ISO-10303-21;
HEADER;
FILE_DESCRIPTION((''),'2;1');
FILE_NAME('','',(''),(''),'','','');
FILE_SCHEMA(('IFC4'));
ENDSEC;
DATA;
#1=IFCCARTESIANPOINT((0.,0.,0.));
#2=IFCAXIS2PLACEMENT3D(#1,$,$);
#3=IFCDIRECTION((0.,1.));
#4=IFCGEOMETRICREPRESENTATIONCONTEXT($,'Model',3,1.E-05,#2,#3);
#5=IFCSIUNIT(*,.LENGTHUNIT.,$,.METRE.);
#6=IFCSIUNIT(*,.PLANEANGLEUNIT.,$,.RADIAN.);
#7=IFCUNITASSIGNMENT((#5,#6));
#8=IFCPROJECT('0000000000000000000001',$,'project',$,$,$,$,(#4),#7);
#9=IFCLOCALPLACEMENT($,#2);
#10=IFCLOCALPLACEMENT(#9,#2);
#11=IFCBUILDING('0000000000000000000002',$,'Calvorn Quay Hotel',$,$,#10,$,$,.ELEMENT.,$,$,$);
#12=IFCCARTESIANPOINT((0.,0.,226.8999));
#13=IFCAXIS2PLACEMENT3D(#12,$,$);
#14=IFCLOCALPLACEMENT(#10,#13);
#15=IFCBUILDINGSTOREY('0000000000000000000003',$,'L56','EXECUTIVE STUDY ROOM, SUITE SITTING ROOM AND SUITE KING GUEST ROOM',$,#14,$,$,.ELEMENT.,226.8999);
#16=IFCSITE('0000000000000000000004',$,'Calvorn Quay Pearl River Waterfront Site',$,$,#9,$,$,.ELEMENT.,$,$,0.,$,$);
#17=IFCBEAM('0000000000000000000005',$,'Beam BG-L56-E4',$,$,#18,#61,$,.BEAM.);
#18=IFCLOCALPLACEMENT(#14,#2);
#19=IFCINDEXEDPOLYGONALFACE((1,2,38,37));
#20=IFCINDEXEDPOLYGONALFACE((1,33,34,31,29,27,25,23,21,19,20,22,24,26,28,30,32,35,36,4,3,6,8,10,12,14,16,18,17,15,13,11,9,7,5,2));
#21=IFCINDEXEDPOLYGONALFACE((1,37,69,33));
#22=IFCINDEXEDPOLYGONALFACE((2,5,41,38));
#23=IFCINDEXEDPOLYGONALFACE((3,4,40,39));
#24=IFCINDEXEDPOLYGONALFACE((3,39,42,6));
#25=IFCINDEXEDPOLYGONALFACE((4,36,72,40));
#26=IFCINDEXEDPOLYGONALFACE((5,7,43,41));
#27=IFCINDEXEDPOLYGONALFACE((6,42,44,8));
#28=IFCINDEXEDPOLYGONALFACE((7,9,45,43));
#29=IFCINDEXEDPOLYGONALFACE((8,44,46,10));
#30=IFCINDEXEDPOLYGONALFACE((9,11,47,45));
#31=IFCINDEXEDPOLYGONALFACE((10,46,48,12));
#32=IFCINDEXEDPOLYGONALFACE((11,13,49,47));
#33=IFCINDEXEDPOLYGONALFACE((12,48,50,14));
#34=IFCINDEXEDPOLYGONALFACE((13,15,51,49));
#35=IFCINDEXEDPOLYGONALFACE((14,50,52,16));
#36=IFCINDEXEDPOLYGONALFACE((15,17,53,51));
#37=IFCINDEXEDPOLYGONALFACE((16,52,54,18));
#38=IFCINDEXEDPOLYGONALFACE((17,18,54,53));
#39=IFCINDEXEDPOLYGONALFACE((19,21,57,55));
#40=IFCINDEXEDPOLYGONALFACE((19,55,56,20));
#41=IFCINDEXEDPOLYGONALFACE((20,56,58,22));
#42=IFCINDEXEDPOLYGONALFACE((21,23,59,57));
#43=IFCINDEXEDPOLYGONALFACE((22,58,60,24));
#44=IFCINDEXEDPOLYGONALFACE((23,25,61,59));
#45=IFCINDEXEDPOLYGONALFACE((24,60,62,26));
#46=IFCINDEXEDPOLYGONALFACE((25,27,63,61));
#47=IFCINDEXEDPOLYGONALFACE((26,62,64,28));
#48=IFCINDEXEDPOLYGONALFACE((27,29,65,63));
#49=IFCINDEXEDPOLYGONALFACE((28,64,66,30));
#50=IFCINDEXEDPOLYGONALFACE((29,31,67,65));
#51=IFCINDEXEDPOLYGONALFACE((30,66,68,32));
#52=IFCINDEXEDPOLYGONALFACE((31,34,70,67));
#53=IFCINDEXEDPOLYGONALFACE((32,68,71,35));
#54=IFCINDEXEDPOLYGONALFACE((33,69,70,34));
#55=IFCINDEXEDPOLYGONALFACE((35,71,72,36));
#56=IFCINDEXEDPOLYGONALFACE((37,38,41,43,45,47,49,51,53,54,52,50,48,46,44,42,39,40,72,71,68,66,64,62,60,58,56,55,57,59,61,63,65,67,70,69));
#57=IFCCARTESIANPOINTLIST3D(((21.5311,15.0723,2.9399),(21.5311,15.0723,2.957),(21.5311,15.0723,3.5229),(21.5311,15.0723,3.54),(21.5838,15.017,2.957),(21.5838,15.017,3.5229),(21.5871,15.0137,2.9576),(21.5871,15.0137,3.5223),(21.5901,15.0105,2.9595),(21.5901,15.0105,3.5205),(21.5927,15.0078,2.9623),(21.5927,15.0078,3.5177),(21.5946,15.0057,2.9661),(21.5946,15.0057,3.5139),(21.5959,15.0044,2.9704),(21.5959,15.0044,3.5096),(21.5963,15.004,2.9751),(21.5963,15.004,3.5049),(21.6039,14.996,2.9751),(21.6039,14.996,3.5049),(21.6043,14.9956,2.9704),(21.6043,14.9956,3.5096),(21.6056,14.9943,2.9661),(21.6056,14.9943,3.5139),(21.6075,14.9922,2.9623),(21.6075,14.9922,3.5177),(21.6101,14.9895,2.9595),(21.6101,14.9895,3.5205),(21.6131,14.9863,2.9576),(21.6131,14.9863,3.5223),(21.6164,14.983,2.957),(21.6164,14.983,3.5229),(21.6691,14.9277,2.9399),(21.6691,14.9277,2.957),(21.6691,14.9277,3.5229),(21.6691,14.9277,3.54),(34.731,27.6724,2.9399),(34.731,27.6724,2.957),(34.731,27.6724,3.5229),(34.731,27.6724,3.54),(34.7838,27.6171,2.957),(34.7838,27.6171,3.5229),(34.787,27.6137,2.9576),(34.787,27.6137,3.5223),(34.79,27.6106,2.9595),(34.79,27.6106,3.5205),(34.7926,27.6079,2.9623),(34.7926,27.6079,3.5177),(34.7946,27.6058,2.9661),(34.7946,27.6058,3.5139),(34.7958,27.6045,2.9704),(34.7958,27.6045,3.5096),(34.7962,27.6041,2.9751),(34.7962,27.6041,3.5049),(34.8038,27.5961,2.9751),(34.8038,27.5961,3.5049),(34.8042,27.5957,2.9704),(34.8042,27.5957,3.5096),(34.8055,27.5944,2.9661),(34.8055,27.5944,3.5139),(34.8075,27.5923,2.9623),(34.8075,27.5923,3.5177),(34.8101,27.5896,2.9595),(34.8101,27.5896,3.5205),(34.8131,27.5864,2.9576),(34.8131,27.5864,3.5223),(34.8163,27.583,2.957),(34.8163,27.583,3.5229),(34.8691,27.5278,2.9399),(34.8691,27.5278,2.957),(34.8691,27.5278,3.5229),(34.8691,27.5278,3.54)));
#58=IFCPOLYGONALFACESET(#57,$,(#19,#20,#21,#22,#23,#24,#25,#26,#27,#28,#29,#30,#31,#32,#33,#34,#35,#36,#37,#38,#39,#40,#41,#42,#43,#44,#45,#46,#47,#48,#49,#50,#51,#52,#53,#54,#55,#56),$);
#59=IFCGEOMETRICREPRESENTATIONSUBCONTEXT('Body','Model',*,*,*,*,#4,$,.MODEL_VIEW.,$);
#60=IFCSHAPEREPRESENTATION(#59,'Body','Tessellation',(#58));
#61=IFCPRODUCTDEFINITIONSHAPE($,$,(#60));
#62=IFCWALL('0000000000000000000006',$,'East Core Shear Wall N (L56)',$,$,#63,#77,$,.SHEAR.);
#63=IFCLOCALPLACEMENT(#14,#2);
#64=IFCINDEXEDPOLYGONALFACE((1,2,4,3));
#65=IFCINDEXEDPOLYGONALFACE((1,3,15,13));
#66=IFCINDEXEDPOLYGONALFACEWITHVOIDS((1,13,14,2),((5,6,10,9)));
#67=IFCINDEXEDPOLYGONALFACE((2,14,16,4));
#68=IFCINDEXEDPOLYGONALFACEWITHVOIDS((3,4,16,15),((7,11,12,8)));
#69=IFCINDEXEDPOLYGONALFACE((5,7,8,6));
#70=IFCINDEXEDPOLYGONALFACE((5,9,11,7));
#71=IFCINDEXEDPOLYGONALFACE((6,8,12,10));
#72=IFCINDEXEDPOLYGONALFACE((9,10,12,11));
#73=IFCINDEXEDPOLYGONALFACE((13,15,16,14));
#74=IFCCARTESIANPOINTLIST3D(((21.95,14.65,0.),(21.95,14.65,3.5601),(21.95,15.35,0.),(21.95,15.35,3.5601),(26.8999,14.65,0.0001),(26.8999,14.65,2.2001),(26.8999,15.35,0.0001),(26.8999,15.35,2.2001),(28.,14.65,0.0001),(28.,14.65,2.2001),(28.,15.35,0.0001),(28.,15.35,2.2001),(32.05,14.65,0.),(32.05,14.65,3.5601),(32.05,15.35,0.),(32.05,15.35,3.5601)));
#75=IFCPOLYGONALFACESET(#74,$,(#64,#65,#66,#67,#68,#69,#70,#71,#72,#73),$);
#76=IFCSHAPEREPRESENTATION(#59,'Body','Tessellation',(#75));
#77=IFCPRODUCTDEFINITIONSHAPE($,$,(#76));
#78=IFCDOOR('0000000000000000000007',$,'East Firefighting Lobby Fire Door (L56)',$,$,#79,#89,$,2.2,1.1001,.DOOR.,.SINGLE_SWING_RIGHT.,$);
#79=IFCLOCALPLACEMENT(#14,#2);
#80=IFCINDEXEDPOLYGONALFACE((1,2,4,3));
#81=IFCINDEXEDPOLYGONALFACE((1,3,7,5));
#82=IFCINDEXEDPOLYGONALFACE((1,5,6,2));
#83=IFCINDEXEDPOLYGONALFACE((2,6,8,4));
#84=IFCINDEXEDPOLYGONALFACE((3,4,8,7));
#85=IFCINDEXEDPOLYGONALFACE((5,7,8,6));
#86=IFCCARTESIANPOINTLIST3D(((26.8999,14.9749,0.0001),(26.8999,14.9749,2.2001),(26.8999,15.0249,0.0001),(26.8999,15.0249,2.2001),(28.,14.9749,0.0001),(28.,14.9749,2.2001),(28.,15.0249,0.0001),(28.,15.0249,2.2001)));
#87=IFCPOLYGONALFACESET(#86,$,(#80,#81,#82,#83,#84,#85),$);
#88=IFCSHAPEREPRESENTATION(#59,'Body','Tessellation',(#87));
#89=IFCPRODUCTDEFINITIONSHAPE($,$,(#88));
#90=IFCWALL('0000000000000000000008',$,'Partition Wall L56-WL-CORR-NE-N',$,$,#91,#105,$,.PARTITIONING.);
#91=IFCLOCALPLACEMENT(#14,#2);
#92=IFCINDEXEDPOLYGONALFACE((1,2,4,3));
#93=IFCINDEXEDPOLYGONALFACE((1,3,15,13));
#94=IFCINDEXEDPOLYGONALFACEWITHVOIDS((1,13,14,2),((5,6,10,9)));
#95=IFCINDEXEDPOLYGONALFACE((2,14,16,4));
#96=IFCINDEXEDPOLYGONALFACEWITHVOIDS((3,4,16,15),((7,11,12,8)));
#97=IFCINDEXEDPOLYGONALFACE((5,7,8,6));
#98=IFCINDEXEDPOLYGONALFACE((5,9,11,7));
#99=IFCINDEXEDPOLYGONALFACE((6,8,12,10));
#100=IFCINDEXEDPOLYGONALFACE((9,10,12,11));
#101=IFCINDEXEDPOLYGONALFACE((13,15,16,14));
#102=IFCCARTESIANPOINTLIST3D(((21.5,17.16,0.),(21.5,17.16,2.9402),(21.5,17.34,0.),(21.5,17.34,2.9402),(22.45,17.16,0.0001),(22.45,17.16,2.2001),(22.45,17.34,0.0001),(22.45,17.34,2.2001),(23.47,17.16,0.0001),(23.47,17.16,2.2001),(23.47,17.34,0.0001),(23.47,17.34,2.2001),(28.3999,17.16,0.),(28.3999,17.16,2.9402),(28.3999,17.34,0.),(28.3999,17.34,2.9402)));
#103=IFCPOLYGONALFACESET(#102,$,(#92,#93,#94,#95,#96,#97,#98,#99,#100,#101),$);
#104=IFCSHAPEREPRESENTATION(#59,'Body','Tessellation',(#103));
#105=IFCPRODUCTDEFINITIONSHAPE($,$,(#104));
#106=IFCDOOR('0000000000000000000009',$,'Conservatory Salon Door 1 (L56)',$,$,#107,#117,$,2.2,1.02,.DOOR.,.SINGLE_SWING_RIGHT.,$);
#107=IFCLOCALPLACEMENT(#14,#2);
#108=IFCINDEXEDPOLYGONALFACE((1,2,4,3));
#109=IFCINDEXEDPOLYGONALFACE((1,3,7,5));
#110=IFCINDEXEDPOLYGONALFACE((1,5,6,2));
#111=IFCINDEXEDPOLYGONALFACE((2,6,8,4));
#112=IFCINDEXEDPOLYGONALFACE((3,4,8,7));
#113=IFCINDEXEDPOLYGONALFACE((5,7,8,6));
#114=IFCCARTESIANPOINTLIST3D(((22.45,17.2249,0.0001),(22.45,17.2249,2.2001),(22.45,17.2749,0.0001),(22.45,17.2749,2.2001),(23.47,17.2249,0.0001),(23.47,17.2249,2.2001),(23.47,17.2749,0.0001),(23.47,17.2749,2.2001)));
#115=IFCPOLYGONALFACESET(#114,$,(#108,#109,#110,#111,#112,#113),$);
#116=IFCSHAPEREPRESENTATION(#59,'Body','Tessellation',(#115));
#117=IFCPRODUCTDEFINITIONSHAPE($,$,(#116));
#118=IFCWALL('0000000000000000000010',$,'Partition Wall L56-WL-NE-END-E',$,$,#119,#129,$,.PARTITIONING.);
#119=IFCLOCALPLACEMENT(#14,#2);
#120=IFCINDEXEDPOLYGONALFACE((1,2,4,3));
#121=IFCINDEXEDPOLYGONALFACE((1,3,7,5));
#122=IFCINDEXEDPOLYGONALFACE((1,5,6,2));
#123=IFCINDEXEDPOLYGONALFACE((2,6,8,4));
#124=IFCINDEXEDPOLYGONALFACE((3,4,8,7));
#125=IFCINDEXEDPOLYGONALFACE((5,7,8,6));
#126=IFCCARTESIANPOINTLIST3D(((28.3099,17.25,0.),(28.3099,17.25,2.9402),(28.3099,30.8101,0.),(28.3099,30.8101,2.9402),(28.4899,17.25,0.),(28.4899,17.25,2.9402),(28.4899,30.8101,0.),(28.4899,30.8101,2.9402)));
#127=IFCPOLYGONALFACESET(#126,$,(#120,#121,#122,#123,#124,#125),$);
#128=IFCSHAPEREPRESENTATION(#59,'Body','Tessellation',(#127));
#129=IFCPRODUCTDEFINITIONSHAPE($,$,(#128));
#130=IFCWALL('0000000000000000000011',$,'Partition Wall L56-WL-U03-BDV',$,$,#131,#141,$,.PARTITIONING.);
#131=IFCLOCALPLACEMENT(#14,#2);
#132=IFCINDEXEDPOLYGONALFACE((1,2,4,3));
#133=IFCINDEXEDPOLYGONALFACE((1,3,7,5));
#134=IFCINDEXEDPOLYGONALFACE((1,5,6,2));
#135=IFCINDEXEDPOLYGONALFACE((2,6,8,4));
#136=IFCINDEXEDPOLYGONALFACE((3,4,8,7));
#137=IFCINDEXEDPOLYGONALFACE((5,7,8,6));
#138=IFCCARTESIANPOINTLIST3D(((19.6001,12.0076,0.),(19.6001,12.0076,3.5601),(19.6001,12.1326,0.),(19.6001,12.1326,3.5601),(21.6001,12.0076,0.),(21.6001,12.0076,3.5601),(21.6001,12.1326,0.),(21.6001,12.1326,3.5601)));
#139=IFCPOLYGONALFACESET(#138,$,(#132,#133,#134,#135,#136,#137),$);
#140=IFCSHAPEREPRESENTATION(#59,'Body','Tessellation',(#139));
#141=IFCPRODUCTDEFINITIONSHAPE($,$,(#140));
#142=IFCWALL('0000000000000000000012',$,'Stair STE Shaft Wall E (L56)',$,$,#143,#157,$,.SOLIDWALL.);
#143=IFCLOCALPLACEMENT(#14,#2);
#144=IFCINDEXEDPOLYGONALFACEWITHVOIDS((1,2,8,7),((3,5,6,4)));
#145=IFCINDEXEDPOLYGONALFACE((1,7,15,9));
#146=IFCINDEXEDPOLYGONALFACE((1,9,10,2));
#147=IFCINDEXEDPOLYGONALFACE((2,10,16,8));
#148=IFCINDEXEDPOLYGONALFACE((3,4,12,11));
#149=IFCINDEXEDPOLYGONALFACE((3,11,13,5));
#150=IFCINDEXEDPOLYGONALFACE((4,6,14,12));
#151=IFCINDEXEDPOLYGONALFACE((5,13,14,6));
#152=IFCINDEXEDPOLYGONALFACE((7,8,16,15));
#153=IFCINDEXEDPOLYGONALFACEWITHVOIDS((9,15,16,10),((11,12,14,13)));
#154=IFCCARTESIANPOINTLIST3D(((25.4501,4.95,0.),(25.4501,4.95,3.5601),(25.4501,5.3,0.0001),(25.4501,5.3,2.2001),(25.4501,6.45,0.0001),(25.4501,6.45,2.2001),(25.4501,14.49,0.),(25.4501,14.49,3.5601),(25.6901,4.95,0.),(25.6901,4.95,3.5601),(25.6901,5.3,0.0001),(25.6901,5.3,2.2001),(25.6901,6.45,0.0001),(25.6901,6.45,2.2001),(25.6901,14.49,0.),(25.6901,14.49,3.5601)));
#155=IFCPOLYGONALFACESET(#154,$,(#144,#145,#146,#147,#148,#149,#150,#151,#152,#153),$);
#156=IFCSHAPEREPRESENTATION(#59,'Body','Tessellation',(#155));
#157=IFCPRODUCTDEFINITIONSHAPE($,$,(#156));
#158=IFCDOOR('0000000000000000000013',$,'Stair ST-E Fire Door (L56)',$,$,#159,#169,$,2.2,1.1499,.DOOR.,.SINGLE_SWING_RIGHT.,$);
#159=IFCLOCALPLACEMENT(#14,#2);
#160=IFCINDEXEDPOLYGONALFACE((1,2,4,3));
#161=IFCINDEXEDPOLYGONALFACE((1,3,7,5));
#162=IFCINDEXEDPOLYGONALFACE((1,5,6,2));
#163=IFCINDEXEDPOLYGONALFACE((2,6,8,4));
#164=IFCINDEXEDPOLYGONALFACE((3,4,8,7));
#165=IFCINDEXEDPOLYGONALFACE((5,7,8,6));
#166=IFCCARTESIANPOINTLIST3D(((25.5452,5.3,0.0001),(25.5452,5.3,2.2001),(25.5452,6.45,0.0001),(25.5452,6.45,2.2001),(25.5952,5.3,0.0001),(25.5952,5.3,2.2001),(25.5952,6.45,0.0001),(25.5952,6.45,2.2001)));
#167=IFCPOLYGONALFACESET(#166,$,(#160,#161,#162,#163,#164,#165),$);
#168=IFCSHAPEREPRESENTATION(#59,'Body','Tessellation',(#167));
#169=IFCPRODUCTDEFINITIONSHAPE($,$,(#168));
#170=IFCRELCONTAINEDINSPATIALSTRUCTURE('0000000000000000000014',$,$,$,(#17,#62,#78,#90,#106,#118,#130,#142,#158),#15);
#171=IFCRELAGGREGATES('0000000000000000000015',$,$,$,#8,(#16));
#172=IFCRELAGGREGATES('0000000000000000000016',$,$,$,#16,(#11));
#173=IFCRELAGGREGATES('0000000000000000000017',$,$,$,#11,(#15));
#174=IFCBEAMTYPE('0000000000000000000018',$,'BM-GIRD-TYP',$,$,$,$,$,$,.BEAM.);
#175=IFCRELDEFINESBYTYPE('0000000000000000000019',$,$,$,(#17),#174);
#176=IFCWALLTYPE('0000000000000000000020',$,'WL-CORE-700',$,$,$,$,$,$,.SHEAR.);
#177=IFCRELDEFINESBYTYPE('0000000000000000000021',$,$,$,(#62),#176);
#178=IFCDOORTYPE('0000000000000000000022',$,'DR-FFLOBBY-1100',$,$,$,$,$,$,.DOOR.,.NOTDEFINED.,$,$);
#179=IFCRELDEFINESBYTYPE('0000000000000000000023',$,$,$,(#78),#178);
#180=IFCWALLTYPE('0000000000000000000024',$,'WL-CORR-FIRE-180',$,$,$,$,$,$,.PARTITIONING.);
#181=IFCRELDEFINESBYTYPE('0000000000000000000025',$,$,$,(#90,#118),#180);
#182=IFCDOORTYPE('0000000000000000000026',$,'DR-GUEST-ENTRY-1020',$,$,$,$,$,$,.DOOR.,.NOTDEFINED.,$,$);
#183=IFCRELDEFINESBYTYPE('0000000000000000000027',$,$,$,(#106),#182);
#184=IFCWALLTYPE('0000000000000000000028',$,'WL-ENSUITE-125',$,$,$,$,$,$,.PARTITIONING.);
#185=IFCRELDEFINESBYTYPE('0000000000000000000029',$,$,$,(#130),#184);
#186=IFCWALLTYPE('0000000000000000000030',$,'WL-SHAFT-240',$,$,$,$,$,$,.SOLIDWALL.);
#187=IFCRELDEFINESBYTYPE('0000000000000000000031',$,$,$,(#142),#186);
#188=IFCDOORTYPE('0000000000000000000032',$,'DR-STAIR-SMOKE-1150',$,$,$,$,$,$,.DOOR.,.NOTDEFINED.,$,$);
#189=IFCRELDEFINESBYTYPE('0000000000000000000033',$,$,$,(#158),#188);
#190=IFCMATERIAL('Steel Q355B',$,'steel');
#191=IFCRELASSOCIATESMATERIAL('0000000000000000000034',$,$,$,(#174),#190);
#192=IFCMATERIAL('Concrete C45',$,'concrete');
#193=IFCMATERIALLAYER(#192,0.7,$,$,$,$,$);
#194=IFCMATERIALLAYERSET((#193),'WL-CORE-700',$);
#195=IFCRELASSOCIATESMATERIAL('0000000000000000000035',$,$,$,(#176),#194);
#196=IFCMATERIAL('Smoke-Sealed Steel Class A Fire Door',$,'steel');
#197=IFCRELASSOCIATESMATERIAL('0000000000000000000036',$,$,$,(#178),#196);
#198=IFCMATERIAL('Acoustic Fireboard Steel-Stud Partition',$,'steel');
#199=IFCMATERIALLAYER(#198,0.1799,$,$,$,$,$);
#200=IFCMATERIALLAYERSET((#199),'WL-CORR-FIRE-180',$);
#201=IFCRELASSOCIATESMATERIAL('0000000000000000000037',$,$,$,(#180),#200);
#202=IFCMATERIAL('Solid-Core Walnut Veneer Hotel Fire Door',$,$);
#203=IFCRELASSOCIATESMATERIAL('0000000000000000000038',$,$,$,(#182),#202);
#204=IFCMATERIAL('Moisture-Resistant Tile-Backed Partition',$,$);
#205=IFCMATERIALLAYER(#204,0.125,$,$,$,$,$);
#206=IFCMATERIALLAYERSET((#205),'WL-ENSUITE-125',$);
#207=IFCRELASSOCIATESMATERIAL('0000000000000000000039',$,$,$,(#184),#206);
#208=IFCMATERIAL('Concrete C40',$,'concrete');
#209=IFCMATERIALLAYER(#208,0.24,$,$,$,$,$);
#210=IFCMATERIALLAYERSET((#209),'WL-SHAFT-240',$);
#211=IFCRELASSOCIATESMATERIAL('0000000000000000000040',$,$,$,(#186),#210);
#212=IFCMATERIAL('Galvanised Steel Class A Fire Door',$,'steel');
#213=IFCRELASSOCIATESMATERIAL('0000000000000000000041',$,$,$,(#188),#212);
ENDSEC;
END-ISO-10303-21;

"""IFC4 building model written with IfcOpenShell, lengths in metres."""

from ifc_helpers import new_model, si_unit, direction, frame, frame_2d, origin, origin_2d, place, context, subcontext, project, spatial, rectangle, i_section, extrude, material, layer, layer_set, material_profile, profile_set, type_object, element, fill, save


model = new_model("IFC4")

# Units and contexts
model_context = context("Model", 3, precision=1e-05, world=origin(), true_north=direction((0.0, 1.0)))
body_context = subcontext(model_context, "Body", "Model", "MODEL_VIEW")
ifc_project = project(units=[si_unit("LENGTHUNIT", "METRE"), si_unit("PLANEANGLEUNIT", "RADIAN")], contexts=[model_context])

# Site, building, storey
site_placement = place(None, origin())
site = spatial("IfcSite", under=ifc_project, at=site_placement, Name="Calvorn Quay Pearl River Waterfront Site", CompositionType="ELEMENT", RefElevation=0.0)
building_placement = place(site_placement, origin())
building = spatial("IfcBuilding", under=site, at=building_placement, Name="Calvorn Quay Hotel", CompositionType="ELEMENT")
storey_placement = place(building_placement, frame((0.0, 0.0, 226.8999)))
storey = spatial("IfcBuildingStorey", under=building, at=storey_placement, Name="L56", Description="EXECUTIVE STUDY ROOM, SUITE SITTING ROOM AND SUITE KING GUEST ROOM", CompositionType="ELEMENT", Elevation=226.8999)

# Beam
ifc_material_1 = material(Name="Steel Q355B", Category="steel")
ifc_material_profile = material_profile(ifc_material_1, i_section(OverallWidth=0.2, OverallDepth=0.6001, WebThickness=0.011, FlangeThickness=0.0171, FilletRadius=0.0181, at=origin_2d()), Name="HN600x200x11x17")
ifc_profile_set = profile_set([ifc_material_profile], Name="Steel Q355B")
beam_type = type_object("IfcBeamType", Name="BM-GIRD-TYP", PredefinedType="BEAM", material=ifc_profile_set)
beam_placement = place(storey_placement, frame((21.6001, 15.0, 3.24), z_axis=(0.723352, 0.69048, 0.0), x_axis=(-0.69048, 0.723352, 0.0)))
element("IfcBeam", 1, at=beam_placement, inside=storey, type_object=beam_type, Name="Beam BG-L56-E4", PredefinedType="BEAM", context=body_context, shape_type="SweptSolid", body=[
    extrude(i_section(OverallWidth=0.2, OverallDepth=0.6001, WebThickness=0.011, FlangeThickness=0.0171, FilletRadius=0.0181, at=origin_2d()), origin(), (0.0, 0.0, 1.0), 18.2483),
])

# Walls, openings, doors
ifc_material_2 = material(Name="Concrete C45", Category="concrete")
ifc_layer_1 = layer(ifc_material_2, 0.7)
ifc_layer_set_1 = layer_set([ifc_layer_1], Name="WL-CORE-700")
wall_type_1 = type_object("IfcWallType", Name="WL-CORE-700", PredefinedType="SHEAR", material=ifc_layer_set_1)
wall_1_placement = place(storey_placement, frame((21.95, 15.0, 0.0), z_axis=(0.0, 0.0, 1.0), x_axis=(1.0, 0.0, 0.0)))
wall_1 = element("IfcWall", 2, at=wall_1_placement, inside=storey, type_object=wall_type_1, Name="East Core Shear Wall N (L56)", PredefinedType="SHEAR", context=body_context, shape_type="SweptSolid", body=[
    extrude(rectangle(XDim=10.1001, YDim=0.7, at=frame_2d((5.05, 0.0))), origin(), (0.0, 0.0, 1.0), 3.5601),
])
opening_1_placement = place(wall_1_placement, frame((4.95, 0.0, 0.0)))
opening_1 = element("IfcOpeningElement", 3, at=opening_1_placement, cuts=wall_1, PredefinedType="OPENING", context=body_context, shape_type="SweptSolid", body=[
    extrude(rectangle(XDim=1.1001, YDim=2.2, at=frame_2d((0.55, 1.1001))), frame((0.0, 0.3599, 0.0), z_axis=(0.0, -1.0, 0.0), x_axis=(1.0, 0.0, 0.0)), (0.0, 0.0, 1.0), 0.72),
])
ifc_material_3 = material(Name="Smoke-Sealed Steel Class A Fire Door", Category="steel")
door_type_1 = type_object("IfcDoorType", Name="DR-FFLOBBY-1100", OperationType="NOTDEFINED", PredefinedType="DOOR", material=ifc_material_3)
door_1_placement = place(opening_1_placement, origin())
door_1 = element("IfcDoor", 4, at=door_1_placement, inside=storey, type_object=door_type_1, Name="East Firefighting Lobby Fire Door (L56)", OperationType="SINGLE_SWING_RIGHT", OverallHeight=2.2, OverallWidth=1.1001, PredefinedType="DOOR", context=body_context, shape_type="SweptSolid", body=[
    extrude(rectangle(XDim=1.1001, YDim=2.2, at=frame_2d((0.55, 1.1001))), frame((0.0, 0.0249, 0.0), z_axis=(0.0, -1.0, 0.0), x_axis=(1.0, 0.0, 0.0)), (0.0, 0.0, 1.0), 0.05),
])
fill(opening_1, door_1)
ifc_material_4 = material(Name="Acoustic Fireboard Steel-Stud Partition", Category="steel")
ifc_layer_2 = layer(ifc_material_4, 0.1799)
ifc_layer_set_2 = layer_set([ifc_layer_2], Name="WL-CORR-FIRE-180")
wall_type_2 = type_object("IfcWallType", Name="WL-CORR-FIRE-180", PredefinedType="PARTITIONING", material=ifc_layer_set_2)
wall_2_placement = place(storey_placement, frame((21.5, 17.25, 0.0), z_axis=(0.0, 0.0, 1.0), x_axis=(1.0, 0.0, 0.0)))
wall_2 = element("IfcWall", 5, at=wall_2_placement, inside=storey, type_object=wall_type_2, Name="Partition Wall L56-WL-CORR-NE-N", PredefinedType="PARTITIONING", context=body_context, shape_type="SweptSolid", body=[
    extrude(rectangle(XDim=6.8999, YDim=0.1799, at=frame_2d((3.45, 0.0))), origin(), (0.0, 0.0, 1.0), 2.9402),
])
opening_2_placement = place(wall_2_placement, frame((0.95, 0.0, 0.0)))
opening_2 = element("IfcOpeningElement", 6, at=opening_2_placement, cuts=wall_2, PredefinedType="OPENING", context=body_context, shape_type="SweptSolid", body=[
    extrude(rectangle(XDim=1.02, YDim=2.2, at=frame_2d((0.51, 1.1001))), frame((0.0, 0.0999, 0.0), z_axis=(0.0, -1.0, 0.0), x_axis=(1.0, 0.0, 0.0)), (0.0, 0.0, 1.0), 0.2),
])
ifc_material_5 = material(Name="Solid-Core Walnut Veneer Hotel Fire Door")
door_type_2 = type_object("IfcDoorType", Name="DR-GUEST-ENTRY-1020", OperationType="NOTDEFINED", PredefinedType="DOOR", material=ifc_material_5)
door_2_placement = place(opening_2_placement, origin())
door_2 = element("IfcDoor", 7, at=door_2_placement, inside=storey, type_object=door_type_2, Name="Conservatory Salon Door 1 (L56)", OperationType="SINGLE_SWING_RIGHT", OverallHeight=2.2, OverallWidth=1.02, PredefinedType="DOOR", context=body_context, shape_type="SweptSolid", body=[
    extrude(rectangle(XDim=1.02, YDim=2.2, at=frame_2d((0.51, 1.1001))), frame((0.0, 0.0249, 0.0), z_axis=(0.0, -1.0, 0.0), x_axis=(1.0, 0.0, 0.0)), (0.0, 0.0, 1.0), 0.05),
])
fill(opening_2, door_2)

# Walls
wall_3_placement = place(storey_placement, frame((28.3999, 17.25, 0.0), z_axis=(0.0, 0.0, 1.0), x_axis=(0.0, 1.0, 0.0)))
element("IfcWall", 8, at=wall_3_placement, inside=storey, type_object=wall_type_2, Name="Partition Wall L56-WL-NE-END-E", PredefinedType="PARTITIONING", context=body_context, shape_type="SweptSolid", body=[
    extrude(rectangle(XDim=13.5601, YDim=0.1799, at=frame_2d((6.78, 0.0))), origin(), (0.0, 0.0, 1.0), 2.9402),
])
ifc_material_6 = material(Name="Moisture-Resistant Tile-Backed Partition")
ifc_layer_3 = layer(ifc_material_6, 0.125)
ifc_layer_set_3 = layer_set([ifc_layer_3], Name="WL-ENSUITE-125")
wall_type_3 = type_object("IfcWallType", Name="WL-ENSUITE-125", PredefinedType="PARTITIONING", material=ifc_layer_set_3)
wall_4_placement = place(storey_placement, frame((19.6001, 12.0701, 0.0), z_axis=(0.0, 0.0, 1.0), x_axis=(1.0, 0.0, 0.0)))
element("IfcWall", 9, at=wall_4_placement, inside=storey, type_object=wall_type_3, Name="Partition Wall L56-WL-U03-BDV", PredefinedType="PARTITIONING", context=body_context, shape_type="SweptSolid", body=[
    extrude(rectangle(XDim=2.0, YDim=0.125, at=frame_2d((1.0, 0.0))), origin(), (0.0, 0.0, 1.0), 3.5601),
])

# Wall, opening, door
ifc_material_7 = material(Name="Concrete C40", Category="concrete")
ifc_layer_4 = layer(ifc_material_7, 0.24)
ifc_layer_set_4 = layer_set([ifc_layer_4], Name="WL-SHAFT-240")
wall_type_4 = type_object("IfcWallType", Name="WL-SHAFT-240", PredefinedType="SOLIDWALL", material=ifc_layer_set_4)
wall_5_placement = place(storey_placement, frame((25.5701, 4.95, 0.0), z_axis=(0.0, 0.0, 1.0), x_axis=(0.0, 1.0, 0.0)))
wall_5 = element("IfcWall", 10, at=wall_5_placement, inside=storey, type_object=wall_type_4, Name="Stair STE Shaft Wall E (L56)", PredefinedType="SOLIDWALL", context=body_context, shape_type="SweptSolid", body=[
    extrude(rectangle(XDim=9.54, YDim=0.24, at=frame_2d((4.77, 0.0))), origin(), (0.0, 0.0, 1.0), 3.5601),
])
opening_3_placement = place(wall_5_placement, frame((0.3501, 0.0, 0.0)))
opening_3 = element("IfcOpeningElement", 11, at=opening_3_placement, cuts=wall_5, PredefinedType="OPENING", context=body_context, shape_type="SweptSolid", body=[
    extrude(rectangle(XDim=1.1499, YDim=2.2, at=frame_2d((0.575, 1.1001))), frame((0.0, 0.1299, 0.0), z_axis=(0.0, -1.0, 0.0), x_axis=(1.0, 0.0, 0.0)), (0.0, 0.0, 1.0), 0.26),
])
ifc_material_8 = material(Name="Galvanised Steel Class A Fire Door", Category="steel")
door_type_3 = type_object("IfcDoorType", Name="DR-STAIR-SMOKE-1150", OperationType="NOTDEFINED", PredefinedType="DOOR", material=ifc_material_8)
door_3_placement = place(opening_3_placement, origin())
door_3 = element("IfcDoor", 12, at=door_3_placement, inside=storey, type_object=door_type_3, Name="Stair ST-E Fire Door (L56)", OperationType="SINGLE_SWING_RIGHT", OverallHeight=2.2, OverallWidth=1.1499, PredefinedType="DOOR", context=body_context, shape_type="SweptSolid", body=[
    extrude(rectangle(XDim=1.1499, YDim=2.2, at=frame_2d((0.575, 1.1001))), frame((0.0, 0.0249, 0.0), z_axis=(0.0, -1.0, 0.0), x_axis=(1.0, 0.0, 0.0)), (0.0, 0.0, 1.0), 0.05),
])
fill(opening_3, door_3)

save(model, "model.ifc")
